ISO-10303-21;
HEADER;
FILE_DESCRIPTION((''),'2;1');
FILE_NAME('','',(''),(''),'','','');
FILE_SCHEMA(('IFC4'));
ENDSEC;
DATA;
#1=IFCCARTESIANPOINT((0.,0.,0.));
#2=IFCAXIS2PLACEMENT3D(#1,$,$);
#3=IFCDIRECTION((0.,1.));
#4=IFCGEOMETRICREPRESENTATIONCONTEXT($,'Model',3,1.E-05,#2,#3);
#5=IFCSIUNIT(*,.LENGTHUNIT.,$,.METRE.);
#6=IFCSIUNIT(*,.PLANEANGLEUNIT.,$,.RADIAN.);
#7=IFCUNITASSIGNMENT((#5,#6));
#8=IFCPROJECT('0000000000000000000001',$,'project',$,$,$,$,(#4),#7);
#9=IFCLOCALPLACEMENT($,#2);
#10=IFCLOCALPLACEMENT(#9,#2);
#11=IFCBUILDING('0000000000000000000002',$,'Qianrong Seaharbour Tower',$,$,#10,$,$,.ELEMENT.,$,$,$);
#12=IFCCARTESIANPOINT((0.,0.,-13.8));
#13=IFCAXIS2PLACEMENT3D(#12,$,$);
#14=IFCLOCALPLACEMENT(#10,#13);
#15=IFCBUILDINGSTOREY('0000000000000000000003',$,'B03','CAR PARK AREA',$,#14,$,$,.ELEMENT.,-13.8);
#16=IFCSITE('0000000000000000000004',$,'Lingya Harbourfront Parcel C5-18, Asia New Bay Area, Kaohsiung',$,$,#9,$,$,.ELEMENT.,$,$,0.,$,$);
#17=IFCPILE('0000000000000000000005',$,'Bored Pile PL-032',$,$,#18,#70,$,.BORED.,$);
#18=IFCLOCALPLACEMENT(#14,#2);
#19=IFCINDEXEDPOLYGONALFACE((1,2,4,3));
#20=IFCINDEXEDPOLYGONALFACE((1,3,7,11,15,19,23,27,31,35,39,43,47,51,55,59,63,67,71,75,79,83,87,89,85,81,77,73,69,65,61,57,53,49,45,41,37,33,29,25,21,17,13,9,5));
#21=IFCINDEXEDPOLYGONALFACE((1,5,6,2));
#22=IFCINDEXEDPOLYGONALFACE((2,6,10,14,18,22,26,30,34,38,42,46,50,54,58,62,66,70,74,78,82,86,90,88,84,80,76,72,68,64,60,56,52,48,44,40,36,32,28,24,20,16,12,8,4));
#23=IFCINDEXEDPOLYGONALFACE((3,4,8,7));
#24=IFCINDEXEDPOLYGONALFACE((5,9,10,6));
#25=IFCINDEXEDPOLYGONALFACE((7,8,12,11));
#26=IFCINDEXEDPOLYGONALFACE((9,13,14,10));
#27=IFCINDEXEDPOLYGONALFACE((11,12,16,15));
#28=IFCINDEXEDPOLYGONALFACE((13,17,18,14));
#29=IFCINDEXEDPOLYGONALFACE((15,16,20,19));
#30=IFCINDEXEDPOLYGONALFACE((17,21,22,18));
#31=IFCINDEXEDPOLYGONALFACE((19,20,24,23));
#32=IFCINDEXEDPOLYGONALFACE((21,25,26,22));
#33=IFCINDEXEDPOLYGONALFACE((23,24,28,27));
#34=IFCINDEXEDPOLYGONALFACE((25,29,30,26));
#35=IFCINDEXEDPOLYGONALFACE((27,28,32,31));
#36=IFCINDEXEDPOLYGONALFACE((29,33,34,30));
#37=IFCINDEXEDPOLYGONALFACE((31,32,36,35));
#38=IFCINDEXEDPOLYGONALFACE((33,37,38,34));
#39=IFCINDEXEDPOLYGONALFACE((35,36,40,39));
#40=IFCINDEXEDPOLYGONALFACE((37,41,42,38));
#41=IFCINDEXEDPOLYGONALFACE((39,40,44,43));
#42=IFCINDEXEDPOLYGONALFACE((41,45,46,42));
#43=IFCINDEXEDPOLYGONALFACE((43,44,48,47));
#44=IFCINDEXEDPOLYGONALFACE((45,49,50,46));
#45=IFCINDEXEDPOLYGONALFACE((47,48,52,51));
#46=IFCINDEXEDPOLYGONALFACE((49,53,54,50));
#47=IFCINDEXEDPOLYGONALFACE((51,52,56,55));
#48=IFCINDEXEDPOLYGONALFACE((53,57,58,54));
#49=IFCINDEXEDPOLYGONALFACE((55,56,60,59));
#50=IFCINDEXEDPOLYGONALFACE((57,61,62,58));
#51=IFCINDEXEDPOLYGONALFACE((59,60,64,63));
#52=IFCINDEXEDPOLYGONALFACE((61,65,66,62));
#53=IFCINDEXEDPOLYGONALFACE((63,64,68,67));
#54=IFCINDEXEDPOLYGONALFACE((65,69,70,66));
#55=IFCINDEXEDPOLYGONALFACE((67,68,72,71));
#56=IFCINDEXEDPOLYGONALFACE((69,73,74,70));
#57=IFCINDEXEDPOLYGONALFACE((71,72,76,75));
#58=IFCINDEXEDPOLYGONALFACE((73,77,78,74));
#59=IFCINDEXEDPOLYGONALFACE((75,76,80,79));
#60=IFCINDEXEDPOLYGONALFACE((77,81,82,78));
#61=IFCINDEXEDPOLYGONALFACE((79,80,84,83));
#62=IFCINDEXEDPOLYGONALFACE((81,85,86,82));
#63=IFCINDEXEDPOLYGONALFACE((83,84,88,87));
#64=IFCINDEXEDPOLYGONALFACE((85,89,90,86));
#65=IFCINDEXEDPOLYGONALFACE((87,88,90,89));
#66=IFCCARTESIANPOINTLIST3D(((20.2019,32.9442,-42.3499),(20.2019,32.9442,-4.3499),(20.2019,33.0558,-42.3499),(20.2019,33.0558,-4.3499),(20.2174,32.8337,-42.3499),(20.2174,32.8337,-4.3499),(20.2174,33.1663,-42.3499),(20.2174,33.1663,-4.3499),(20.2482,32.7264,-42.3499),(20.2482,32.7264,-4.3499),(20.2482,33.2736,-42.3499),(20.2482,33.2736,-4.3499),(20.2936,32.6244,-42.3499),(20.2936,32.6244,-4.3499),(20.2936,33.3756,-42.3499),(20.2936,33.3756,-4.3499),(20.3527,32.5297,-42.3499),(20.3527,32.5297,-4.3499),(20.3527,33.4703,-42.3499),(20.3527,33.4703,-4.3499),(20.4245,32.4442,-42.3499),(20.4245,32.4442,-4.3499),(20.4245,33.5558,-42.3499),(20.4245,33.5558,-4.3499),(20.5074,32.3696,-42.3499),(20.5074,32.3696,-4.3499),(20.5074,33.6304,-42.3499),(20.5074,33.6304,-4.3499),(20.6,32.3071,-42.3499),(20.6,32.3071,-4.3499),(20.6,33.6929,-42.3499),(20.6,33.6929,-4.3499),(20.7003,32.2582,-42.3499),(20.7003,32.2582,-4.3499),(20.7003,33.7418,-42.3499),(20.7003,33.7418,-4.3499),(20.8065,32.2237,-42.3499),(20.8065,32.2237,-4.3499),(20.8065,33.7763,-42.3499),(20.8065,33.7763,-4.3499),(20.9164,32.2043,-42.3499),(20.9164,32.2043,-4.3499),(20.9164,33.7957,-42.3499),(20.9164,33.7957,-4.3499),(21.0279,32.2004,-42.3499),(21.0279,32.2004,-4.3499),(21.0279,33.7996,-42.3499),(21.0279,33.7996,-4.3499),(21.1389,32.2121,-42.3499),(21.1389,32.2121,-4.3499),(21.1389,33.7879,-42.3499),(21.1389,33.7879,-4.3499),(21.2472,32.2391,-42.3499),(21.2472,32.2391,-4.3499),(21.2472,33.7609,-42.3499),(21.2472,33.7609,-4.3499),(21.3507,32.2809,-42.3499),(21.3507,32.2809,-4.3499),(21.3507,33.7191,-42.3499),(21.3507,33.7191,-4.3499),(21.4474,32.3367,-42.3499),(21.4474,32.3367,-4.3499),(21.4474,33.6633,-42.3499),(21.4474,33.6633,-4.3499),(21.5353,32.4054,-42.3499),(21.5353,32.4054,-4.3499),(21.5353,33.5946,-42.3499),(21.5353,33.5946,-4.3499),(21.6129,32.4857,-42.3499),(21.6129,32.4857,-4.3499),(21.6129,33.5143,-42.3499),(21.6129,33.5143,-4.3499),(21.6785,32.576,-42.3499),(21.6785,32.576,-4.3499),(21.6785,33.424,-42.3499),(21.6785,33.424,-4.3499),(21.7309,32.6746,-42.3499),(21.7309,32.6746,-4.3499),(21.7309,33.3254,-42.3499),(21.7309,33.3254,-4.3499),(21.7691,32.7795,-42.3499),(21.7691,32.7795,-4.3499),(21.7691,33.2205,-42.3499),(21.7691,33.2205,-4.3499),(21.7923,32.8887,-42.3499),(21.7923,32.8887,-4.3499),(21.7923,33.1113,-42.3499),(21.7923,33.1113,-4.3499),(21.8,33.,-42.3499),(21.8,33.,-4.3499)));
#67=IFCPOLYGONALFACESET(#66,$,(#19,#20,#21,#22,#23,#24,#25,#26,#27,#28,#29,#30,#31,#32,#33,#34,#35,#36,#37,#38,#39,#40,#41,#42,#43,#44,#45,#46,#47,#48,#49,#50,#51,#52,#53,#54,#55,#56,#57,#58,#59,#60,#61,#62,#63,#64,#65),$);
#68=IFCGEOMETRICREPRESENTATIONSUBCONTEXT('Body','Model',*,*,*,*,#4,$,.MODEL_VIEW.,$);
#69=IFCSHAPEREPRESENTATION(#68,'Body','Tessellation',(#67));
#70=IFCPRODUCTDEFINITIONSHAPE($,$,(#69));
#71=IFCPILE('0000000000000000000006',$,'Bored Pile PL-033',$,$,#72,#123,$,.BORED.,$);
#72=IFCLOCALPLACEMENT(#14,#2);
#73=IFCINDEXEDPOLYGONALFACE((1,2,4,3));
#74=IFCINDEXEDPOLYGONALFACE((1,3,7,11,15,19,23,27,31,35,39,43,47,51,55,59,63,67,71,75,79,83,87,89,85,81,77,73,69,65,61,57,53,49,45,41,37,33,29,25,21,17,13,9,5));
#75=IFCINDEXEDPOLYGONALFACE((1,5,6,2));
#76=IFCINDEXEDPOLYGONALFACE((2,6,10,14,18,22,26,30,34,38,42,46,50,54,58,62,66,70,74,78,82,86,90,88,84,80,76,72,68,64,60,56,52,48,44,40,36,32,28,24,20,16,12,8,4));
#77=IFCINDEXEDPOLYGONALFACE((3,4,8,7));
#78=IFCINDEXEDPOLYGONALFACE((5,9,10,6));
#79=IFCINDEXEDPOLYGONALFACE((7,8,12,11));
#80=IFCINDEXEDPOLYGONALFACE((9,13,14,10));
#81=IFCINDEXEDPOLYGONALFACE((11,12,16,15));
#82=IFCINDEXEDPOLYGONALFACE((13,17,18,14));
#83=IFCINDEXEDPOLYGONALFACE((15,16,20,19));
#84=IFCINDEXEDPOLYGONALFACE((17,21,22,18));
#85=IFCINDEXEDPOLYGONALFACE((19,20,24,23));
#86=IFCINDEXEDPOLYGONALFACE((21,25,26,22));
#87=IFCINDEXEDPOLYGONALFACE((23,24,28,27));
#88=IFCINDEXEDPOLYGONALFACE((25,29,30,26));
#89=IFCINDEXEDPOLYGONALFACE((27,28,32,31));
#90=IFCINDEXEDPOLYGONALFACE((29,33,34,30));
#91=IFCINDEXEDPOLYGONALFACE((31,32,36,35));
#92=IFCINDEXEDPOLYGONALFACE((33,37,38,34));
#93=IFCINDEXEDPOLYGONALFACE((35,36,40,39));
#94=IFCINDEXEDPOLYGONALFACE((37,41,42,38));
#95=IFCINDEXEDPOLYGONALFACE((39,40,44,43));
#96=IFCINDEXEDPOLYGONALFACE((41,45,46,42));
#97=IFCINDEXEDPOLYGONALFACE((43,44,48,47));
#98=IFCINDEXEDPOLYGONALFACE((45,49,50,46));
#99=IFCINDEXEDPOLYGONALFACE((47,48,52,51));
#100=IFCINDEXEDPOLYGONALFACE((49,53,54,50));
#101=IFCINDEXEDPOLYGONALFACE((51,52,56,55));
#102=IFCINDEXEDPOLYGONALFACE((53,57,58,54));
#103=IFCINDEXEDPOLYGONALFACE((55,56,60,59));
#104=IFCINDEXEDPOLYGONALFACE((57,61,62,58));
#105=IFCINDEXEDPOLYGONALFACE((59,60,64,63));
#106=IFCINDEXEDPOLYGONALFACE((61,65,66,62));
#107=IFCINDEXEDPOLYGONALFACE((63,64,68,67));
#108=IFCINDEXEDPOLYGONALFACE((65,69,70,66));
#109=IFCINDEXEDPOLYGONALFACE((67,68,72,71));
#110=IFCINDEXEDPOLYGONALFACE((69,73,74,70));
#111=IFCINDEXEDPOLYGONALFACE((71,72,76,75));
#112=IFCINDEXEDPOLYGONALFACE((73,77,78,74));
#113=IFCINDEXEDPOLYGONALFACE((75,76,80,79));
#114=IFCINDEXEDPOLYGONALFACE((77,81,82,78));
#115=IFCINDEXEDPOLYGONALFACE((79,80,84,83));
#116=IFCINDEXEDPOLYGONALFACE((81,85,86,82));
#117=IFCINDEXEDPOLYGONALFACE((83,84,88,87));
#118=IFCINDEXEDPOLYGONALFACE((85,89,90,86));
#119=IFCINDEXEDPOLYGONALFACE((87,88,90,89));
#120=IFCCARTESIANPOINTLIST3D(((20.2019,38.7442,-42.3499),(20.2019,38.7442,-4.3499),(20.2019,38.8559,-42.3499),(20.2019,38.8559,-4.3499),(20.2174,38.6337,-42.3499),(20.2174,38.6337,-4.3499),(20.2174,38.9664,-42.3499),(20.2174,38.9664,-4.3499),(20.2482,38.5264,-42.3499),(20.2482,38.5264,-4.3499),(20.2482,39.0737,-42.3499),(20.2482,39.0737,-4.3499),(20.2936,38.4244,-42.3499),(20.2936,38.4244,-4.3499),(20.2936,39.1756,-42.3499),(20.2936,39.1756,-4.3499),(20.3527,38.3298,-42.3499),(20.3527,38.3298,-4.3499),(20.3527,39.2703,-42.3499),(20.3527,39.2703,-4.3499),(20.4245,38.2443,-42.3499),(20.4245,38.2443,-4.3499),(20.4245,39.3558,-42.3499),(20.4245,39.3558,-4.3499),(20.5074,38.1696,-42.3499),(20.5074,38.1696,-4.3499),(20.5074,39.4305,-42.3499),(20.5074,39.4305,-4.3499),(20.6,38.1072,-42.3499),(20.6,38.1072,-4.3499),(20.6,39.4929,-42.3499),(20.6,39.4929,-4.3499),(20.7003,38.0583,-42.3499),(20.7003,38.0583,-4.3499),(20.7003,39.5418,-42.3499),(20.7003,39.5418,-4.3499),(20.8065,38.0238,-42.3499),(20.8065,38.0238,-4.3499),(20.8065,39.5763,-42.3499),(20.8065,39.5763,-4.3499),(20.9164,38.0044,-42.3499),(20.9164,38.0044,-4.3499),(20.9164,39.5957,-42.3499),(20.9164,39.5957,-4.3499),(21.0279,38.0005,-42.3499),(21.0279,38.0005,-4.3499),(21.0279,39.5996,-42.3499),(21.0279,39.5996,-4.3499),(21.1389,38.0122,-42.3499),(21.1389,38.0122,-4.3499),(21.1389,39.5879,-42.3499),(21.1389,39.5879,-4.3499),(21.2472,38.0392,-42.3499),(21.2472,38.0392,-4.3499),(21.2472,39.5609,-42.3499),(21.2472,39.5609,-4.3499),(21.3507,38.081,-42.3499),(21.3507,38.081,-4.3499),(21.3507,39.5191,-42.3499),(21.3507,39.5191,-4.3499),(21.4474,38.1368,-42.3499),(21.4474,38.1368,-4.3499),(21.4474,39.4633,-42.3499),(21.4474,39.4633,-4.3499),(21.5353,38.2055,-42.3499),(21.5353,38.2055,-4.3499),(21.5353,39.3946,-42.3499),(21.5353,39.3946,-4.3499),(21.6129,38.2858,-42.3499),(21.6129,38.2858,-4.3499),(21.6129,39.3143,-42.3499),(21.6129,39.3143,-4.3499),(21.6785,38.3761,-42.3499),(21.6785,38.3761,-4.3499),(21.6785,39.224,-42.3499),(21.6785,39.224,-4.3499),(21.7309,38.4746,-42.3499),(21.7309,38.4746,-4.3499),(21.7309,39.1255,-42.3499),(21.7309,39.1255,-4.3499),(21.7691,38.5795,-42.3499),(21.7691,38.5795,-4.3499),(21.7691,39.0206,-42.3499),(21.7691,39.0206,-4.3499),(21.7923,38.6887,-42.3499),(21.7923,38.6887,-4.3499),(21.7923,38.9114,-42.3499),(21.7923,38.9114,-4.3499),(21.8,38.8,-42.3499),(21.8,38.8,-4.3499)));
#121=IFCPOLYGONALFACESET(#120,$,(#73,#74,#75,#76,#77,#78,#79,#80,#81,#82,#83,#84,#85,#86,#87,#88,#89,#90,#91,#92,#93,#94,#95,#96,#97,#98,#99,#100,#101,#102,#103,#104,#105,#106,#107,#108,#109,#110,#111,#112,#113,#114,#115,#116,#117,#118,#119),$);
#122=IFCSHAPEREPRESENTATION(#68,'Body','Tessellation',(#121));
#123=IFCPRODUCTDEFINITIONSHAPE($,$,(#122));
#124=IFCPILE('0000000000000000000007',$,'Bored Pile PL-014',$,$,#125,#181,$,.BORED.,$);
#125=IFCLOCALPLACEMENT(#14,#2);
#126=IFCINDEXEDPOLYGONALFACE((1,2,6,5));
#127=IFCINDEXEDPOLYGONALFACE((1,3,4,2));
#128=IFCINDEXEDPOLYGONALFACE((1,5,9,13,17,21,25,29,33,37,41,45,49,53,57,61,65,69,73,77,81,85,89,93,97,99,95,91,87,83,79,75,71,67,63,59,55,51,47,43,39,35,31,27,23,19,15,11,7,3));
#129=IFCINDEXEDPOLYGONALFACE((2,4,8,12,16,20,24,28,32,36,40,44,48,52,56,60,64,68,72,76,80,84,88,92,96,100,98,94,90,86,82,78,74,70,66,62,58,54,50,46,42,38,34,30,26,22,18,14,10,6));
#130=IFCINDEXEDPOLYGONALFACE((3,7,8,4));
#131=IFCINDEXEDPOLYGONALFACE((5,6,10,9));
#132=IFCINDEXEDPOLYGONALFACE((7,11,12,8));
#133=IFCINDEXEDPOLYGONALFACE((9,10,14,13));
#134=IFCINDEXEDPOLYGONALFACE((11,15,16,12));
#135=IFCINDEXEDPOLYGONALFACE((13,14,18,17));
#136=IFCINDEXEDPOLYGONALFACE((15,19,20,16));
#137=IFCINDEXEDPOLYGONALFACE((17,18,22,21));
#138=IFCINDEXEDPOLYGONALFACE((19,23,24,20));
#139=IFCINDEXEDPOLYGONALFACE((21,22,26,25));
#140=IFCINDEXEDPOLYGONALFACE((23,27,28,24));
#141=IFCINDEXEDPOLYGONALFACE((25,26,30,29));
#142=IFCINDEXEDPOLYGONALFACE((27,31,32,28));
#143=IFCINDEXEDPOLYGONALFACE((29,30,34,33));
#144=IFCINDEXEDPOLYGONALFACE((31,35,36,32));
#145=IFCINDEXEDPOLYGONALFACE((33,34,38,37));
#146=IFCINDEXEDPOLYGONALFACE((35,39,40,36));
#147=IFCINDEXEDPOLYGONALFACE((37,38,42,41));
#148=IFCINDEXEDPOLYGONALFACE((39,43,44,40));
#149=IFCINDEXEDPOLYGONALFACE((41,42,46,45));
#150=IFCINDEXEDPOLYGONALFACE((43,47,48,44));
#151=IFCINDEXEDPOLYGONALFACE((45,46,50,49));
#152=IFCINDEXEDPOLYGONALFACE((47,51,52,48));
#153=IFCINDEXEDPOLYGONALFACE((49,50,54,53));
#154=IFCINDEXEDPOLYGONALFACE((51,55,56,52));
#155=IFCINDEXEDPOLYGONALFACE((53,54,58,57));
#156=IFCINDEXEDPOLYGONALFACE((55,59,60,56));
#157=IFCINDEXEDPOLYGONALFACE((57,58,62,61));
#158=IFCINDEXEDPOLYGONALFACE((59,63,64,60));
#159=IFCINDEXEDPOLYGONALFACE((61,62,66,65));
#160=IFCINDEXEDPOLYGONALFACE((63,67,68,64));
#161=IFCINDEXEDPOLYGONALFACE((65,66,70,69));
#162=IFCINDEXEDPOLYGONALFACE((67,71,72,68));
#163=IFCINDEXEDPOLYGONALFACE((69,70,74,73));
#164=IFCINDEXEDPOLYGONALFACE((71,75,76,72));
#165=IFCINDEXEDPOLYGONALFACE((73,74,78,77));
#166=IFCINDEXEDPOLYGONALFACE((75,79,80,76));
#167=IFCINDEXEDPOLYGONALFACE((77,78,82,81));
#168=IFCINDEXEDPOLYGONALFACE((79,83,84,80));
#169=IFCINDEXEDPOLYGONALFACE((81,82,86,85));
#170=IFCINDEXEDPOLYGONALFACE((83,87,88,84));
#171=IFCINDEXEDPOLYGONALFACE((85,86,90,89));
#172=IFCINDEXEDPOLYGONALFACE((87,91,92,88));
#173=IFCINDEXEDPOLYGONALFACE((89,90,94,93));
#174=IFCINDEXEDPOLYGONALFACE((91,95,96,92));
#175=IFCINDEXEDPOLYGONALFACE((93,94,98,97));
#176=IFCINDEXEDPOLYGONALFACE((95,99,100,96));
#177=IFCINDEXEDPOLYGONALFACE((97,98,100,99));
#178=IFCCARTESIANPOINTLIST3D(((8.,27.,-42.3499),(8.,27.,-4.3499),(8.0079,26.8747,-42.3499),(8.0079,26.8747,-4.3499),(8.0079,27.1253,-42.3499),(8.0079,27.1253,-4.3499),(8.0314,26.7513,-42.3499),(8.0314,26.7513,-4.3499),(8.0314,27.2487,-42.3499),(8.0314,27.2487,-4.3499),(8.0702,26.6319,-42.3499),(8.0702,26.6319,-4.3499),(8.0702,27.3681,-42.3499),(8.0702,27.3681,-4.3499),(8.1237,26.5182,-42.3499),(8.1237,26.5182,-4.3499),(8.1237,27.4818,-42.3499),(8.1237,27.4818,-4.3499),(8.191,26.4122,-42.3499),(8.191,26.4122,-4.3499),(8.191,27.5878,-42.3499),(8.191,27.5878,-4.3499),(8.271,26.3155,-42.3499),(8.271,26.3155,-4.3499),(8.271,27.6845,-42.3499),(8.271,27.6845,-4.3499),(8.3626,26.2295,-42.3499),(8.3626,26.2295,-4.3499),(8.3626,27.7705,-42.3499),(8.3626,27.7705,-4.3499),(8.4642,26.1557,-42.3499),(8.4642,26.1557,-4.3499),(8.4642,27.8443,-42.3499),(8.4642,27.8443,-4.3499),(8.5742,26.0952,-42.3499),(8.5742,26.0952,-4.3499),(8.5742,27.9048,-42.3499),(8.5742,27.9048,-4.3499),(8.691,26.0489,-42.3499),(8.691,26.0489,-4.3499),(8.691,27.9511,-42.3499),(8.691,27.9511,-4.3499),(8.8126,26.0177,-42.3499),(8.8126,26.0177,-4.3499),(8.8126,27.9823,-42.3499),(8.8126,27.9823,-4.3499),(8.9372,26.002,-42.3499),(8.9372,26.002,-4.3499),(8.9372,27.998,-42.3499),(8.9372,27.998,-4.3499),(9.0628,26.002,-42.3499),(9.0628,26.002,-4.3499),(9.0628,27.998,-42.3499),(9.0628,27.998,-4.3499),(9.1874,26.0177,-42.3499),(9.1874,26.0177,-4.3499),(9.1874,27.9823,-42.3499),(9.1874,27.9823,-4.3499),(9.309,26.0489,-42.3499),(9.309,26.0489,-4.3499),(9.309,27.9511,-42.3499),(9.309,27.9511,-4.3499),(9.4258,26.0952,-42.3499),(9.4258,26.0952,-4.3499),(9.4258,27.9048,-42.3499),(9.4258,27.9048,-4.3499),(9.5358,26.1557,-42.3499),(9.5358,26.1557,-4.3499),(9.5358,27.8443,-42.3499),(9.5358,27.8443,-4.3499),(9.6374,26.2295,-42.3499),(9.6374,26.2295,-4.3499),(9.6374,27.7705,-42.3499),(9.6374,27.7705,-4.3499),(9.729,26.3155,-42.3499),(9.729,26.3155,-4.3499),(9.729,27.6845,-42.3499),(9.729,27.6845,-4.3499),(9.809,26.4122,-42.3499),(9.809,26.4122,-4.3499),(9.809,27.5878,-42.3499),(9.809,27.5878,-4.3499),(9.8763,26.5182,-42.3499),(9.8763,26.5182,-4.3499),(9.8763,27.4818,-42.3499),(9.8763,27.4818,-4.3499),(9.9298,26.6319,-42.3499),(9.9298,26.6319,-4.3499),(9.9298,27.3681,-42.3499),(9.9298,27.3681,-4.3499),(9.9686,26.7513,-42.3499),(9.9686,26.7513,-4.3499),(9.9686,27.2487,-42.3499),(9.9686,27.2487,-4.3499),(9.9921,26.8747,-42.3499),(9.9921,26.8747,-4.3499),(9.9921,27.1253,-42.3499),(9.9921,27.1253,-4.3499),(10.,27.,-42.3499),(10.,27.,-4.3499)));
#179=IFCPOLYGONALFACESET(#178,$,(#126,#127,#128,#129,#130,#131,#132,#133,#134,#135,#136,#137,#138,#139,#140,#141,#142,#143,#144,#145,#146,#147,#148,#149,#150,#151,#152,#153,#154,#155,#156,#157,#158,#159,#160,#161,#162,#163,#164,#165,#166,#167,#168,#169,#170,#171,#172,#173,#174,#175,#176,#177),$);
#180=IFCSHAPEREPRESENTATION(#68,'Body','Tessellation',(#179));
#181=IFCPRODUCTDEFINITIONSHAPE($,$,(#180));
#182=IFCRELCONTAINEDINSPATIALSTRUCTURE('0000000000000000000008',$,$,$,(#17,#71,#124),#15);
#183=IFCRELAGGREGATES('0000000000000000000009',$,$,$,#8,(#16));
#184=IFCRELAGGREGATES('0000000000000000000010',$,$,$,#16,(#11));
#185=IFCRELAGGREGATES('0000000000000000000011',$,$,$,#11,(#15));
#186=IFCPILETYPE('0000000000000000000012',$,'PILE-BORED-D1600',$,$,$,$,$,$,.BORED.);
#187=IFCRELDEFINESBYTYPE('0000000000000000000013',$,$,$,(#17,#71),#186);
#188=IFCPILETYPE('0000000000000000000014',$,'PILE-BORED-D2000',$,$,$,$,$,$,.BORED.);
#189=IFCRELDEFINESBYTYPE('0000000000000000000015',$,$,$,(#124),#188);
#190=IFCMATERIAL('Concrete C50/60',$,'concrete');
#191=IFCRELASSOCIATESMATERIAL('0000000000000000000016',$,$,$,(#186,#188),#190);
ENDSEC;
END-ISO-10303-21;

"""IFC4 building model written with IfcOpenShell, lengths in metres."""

from ifc_helpers import new_model, si_unit, direction, frame, origin, origin_2d, place, context, subcontext, project, spatial, circle, extrude, material, material_profile, profile_set, type_object, element, save


model = new_model("IFC4")

# Units and contexts
model_context = context("Model", 3, precision=1e-05, world=origin(), true_north=direction((0.0, 1.0)))
body_context = subcontext(model_context, "Body", "Model", "MODEL_VIEW")
ifc_project = project(units=[si_unit("LENGTHUNIT", "METRE"), si_unit("PLANEANGLEUNIT", "RADIAN")], contexts=[model_context])

# Site, building, storey
site_placement = place(None, origin())
site = spatial("IfcSite", under=ifc_project, at=site_placement, Name="Lingya Harbourfront Parcel C5-18, Asia New Bay Area, Kaohsiung", CompositionType="ELEMENT", RefElevation=0.0)
building_placement = place(site_placement, origin())
building = spatial("IfcBuilding", under=site, at=building_placement, Name="Qianrong Seaharbour Tower", CompositionType="ELEMENT")
storey_placement = place(building_placement, frame((0.0, 0.0, -13.8)))
storey = spatial("IfcBuildingStorey", under=building, at=storey_placement, Name="B03", Description="CAR PARK AREA", CompositionType="ELEMENT", Elevation=-13.8)

# Piles
ifc_material_1 = material(Name="Concrete C50/60", Category="concrete")
ifc_material_profile_1 = material_profile(ifc_material_1, circle(Radius=0.8, at=origin_2d()), Name="PILE-D1600")
ifc_profile_set_1 = profile_set([ifc_material_profile_1], Name="Concrete C50/60")
pile_type_1 = type_object("IfcPileType", Name="PILE-BORED-D1600", PredefinedType="BORED", material=ifc_profile_set_1)
for number, where, z_axis, x_axis, name in (
    (1, (21.0, 33.0, -4.3499), (0.0, 0.0, -1.0), (1.0, 0.0, 0.0), "Bored Pile PL-032"),
    (2, (21.0, 38.8, -4.3499), (0.0, 0.0, -1.0), (1.0, 0.0, 0.0), "Bored Pile PL-033"),
):
    element("IfcPile", number, at=place(storey_placement, frame(where, z_axis=z_axis, x_axis=x_axis)), inside=storey, type_object=pile_type_1, Name=name, PredefinedType="BORED", context=body_context, shape_type="SweptSolid", body=[
        extrude(circle(Radius=0.8, at=origin_2d()), origin(), (0.0, 0.0, 1.0), 38.0),
    ])
ifc_material_profile_2 = material_profile(ifc_material_1, circle(Radius=1.0, at=origin_2d()), Name="PILE-D2000")
ifc_profile_set_2 = profile_set([ifc_material_profile_2], Name="Concrete C50/60")
pile_type_2 = type_object("IfcPileType", Name="PILE-BORED-D2000", PredefinedType="BORED", material=ifc_profile_set_2)
for number, where, z_axis, x_axis, name in (
    (3, (9.0, 27.0, -4.3499), (0.0, 0.0, -1.0), (1.0, 0.0, 0.0), "Bored Pile PL-014"),
):
    element("IfcPile", number, at=place(storey_placement, frame(where, z_axis=z_axis, x_axis=x_axis)), inside=storey, type_object=pile_type_2, Name=name, PredefinedType="BORED", context=body_context, shape_type="SweptSolid", body=[
        extrude(circle(Radius=1.0, at=origin_2d()), origin(), (0.0, 0.0, 1.0), 38.0),
    ])

save(model, "model.ifc")
